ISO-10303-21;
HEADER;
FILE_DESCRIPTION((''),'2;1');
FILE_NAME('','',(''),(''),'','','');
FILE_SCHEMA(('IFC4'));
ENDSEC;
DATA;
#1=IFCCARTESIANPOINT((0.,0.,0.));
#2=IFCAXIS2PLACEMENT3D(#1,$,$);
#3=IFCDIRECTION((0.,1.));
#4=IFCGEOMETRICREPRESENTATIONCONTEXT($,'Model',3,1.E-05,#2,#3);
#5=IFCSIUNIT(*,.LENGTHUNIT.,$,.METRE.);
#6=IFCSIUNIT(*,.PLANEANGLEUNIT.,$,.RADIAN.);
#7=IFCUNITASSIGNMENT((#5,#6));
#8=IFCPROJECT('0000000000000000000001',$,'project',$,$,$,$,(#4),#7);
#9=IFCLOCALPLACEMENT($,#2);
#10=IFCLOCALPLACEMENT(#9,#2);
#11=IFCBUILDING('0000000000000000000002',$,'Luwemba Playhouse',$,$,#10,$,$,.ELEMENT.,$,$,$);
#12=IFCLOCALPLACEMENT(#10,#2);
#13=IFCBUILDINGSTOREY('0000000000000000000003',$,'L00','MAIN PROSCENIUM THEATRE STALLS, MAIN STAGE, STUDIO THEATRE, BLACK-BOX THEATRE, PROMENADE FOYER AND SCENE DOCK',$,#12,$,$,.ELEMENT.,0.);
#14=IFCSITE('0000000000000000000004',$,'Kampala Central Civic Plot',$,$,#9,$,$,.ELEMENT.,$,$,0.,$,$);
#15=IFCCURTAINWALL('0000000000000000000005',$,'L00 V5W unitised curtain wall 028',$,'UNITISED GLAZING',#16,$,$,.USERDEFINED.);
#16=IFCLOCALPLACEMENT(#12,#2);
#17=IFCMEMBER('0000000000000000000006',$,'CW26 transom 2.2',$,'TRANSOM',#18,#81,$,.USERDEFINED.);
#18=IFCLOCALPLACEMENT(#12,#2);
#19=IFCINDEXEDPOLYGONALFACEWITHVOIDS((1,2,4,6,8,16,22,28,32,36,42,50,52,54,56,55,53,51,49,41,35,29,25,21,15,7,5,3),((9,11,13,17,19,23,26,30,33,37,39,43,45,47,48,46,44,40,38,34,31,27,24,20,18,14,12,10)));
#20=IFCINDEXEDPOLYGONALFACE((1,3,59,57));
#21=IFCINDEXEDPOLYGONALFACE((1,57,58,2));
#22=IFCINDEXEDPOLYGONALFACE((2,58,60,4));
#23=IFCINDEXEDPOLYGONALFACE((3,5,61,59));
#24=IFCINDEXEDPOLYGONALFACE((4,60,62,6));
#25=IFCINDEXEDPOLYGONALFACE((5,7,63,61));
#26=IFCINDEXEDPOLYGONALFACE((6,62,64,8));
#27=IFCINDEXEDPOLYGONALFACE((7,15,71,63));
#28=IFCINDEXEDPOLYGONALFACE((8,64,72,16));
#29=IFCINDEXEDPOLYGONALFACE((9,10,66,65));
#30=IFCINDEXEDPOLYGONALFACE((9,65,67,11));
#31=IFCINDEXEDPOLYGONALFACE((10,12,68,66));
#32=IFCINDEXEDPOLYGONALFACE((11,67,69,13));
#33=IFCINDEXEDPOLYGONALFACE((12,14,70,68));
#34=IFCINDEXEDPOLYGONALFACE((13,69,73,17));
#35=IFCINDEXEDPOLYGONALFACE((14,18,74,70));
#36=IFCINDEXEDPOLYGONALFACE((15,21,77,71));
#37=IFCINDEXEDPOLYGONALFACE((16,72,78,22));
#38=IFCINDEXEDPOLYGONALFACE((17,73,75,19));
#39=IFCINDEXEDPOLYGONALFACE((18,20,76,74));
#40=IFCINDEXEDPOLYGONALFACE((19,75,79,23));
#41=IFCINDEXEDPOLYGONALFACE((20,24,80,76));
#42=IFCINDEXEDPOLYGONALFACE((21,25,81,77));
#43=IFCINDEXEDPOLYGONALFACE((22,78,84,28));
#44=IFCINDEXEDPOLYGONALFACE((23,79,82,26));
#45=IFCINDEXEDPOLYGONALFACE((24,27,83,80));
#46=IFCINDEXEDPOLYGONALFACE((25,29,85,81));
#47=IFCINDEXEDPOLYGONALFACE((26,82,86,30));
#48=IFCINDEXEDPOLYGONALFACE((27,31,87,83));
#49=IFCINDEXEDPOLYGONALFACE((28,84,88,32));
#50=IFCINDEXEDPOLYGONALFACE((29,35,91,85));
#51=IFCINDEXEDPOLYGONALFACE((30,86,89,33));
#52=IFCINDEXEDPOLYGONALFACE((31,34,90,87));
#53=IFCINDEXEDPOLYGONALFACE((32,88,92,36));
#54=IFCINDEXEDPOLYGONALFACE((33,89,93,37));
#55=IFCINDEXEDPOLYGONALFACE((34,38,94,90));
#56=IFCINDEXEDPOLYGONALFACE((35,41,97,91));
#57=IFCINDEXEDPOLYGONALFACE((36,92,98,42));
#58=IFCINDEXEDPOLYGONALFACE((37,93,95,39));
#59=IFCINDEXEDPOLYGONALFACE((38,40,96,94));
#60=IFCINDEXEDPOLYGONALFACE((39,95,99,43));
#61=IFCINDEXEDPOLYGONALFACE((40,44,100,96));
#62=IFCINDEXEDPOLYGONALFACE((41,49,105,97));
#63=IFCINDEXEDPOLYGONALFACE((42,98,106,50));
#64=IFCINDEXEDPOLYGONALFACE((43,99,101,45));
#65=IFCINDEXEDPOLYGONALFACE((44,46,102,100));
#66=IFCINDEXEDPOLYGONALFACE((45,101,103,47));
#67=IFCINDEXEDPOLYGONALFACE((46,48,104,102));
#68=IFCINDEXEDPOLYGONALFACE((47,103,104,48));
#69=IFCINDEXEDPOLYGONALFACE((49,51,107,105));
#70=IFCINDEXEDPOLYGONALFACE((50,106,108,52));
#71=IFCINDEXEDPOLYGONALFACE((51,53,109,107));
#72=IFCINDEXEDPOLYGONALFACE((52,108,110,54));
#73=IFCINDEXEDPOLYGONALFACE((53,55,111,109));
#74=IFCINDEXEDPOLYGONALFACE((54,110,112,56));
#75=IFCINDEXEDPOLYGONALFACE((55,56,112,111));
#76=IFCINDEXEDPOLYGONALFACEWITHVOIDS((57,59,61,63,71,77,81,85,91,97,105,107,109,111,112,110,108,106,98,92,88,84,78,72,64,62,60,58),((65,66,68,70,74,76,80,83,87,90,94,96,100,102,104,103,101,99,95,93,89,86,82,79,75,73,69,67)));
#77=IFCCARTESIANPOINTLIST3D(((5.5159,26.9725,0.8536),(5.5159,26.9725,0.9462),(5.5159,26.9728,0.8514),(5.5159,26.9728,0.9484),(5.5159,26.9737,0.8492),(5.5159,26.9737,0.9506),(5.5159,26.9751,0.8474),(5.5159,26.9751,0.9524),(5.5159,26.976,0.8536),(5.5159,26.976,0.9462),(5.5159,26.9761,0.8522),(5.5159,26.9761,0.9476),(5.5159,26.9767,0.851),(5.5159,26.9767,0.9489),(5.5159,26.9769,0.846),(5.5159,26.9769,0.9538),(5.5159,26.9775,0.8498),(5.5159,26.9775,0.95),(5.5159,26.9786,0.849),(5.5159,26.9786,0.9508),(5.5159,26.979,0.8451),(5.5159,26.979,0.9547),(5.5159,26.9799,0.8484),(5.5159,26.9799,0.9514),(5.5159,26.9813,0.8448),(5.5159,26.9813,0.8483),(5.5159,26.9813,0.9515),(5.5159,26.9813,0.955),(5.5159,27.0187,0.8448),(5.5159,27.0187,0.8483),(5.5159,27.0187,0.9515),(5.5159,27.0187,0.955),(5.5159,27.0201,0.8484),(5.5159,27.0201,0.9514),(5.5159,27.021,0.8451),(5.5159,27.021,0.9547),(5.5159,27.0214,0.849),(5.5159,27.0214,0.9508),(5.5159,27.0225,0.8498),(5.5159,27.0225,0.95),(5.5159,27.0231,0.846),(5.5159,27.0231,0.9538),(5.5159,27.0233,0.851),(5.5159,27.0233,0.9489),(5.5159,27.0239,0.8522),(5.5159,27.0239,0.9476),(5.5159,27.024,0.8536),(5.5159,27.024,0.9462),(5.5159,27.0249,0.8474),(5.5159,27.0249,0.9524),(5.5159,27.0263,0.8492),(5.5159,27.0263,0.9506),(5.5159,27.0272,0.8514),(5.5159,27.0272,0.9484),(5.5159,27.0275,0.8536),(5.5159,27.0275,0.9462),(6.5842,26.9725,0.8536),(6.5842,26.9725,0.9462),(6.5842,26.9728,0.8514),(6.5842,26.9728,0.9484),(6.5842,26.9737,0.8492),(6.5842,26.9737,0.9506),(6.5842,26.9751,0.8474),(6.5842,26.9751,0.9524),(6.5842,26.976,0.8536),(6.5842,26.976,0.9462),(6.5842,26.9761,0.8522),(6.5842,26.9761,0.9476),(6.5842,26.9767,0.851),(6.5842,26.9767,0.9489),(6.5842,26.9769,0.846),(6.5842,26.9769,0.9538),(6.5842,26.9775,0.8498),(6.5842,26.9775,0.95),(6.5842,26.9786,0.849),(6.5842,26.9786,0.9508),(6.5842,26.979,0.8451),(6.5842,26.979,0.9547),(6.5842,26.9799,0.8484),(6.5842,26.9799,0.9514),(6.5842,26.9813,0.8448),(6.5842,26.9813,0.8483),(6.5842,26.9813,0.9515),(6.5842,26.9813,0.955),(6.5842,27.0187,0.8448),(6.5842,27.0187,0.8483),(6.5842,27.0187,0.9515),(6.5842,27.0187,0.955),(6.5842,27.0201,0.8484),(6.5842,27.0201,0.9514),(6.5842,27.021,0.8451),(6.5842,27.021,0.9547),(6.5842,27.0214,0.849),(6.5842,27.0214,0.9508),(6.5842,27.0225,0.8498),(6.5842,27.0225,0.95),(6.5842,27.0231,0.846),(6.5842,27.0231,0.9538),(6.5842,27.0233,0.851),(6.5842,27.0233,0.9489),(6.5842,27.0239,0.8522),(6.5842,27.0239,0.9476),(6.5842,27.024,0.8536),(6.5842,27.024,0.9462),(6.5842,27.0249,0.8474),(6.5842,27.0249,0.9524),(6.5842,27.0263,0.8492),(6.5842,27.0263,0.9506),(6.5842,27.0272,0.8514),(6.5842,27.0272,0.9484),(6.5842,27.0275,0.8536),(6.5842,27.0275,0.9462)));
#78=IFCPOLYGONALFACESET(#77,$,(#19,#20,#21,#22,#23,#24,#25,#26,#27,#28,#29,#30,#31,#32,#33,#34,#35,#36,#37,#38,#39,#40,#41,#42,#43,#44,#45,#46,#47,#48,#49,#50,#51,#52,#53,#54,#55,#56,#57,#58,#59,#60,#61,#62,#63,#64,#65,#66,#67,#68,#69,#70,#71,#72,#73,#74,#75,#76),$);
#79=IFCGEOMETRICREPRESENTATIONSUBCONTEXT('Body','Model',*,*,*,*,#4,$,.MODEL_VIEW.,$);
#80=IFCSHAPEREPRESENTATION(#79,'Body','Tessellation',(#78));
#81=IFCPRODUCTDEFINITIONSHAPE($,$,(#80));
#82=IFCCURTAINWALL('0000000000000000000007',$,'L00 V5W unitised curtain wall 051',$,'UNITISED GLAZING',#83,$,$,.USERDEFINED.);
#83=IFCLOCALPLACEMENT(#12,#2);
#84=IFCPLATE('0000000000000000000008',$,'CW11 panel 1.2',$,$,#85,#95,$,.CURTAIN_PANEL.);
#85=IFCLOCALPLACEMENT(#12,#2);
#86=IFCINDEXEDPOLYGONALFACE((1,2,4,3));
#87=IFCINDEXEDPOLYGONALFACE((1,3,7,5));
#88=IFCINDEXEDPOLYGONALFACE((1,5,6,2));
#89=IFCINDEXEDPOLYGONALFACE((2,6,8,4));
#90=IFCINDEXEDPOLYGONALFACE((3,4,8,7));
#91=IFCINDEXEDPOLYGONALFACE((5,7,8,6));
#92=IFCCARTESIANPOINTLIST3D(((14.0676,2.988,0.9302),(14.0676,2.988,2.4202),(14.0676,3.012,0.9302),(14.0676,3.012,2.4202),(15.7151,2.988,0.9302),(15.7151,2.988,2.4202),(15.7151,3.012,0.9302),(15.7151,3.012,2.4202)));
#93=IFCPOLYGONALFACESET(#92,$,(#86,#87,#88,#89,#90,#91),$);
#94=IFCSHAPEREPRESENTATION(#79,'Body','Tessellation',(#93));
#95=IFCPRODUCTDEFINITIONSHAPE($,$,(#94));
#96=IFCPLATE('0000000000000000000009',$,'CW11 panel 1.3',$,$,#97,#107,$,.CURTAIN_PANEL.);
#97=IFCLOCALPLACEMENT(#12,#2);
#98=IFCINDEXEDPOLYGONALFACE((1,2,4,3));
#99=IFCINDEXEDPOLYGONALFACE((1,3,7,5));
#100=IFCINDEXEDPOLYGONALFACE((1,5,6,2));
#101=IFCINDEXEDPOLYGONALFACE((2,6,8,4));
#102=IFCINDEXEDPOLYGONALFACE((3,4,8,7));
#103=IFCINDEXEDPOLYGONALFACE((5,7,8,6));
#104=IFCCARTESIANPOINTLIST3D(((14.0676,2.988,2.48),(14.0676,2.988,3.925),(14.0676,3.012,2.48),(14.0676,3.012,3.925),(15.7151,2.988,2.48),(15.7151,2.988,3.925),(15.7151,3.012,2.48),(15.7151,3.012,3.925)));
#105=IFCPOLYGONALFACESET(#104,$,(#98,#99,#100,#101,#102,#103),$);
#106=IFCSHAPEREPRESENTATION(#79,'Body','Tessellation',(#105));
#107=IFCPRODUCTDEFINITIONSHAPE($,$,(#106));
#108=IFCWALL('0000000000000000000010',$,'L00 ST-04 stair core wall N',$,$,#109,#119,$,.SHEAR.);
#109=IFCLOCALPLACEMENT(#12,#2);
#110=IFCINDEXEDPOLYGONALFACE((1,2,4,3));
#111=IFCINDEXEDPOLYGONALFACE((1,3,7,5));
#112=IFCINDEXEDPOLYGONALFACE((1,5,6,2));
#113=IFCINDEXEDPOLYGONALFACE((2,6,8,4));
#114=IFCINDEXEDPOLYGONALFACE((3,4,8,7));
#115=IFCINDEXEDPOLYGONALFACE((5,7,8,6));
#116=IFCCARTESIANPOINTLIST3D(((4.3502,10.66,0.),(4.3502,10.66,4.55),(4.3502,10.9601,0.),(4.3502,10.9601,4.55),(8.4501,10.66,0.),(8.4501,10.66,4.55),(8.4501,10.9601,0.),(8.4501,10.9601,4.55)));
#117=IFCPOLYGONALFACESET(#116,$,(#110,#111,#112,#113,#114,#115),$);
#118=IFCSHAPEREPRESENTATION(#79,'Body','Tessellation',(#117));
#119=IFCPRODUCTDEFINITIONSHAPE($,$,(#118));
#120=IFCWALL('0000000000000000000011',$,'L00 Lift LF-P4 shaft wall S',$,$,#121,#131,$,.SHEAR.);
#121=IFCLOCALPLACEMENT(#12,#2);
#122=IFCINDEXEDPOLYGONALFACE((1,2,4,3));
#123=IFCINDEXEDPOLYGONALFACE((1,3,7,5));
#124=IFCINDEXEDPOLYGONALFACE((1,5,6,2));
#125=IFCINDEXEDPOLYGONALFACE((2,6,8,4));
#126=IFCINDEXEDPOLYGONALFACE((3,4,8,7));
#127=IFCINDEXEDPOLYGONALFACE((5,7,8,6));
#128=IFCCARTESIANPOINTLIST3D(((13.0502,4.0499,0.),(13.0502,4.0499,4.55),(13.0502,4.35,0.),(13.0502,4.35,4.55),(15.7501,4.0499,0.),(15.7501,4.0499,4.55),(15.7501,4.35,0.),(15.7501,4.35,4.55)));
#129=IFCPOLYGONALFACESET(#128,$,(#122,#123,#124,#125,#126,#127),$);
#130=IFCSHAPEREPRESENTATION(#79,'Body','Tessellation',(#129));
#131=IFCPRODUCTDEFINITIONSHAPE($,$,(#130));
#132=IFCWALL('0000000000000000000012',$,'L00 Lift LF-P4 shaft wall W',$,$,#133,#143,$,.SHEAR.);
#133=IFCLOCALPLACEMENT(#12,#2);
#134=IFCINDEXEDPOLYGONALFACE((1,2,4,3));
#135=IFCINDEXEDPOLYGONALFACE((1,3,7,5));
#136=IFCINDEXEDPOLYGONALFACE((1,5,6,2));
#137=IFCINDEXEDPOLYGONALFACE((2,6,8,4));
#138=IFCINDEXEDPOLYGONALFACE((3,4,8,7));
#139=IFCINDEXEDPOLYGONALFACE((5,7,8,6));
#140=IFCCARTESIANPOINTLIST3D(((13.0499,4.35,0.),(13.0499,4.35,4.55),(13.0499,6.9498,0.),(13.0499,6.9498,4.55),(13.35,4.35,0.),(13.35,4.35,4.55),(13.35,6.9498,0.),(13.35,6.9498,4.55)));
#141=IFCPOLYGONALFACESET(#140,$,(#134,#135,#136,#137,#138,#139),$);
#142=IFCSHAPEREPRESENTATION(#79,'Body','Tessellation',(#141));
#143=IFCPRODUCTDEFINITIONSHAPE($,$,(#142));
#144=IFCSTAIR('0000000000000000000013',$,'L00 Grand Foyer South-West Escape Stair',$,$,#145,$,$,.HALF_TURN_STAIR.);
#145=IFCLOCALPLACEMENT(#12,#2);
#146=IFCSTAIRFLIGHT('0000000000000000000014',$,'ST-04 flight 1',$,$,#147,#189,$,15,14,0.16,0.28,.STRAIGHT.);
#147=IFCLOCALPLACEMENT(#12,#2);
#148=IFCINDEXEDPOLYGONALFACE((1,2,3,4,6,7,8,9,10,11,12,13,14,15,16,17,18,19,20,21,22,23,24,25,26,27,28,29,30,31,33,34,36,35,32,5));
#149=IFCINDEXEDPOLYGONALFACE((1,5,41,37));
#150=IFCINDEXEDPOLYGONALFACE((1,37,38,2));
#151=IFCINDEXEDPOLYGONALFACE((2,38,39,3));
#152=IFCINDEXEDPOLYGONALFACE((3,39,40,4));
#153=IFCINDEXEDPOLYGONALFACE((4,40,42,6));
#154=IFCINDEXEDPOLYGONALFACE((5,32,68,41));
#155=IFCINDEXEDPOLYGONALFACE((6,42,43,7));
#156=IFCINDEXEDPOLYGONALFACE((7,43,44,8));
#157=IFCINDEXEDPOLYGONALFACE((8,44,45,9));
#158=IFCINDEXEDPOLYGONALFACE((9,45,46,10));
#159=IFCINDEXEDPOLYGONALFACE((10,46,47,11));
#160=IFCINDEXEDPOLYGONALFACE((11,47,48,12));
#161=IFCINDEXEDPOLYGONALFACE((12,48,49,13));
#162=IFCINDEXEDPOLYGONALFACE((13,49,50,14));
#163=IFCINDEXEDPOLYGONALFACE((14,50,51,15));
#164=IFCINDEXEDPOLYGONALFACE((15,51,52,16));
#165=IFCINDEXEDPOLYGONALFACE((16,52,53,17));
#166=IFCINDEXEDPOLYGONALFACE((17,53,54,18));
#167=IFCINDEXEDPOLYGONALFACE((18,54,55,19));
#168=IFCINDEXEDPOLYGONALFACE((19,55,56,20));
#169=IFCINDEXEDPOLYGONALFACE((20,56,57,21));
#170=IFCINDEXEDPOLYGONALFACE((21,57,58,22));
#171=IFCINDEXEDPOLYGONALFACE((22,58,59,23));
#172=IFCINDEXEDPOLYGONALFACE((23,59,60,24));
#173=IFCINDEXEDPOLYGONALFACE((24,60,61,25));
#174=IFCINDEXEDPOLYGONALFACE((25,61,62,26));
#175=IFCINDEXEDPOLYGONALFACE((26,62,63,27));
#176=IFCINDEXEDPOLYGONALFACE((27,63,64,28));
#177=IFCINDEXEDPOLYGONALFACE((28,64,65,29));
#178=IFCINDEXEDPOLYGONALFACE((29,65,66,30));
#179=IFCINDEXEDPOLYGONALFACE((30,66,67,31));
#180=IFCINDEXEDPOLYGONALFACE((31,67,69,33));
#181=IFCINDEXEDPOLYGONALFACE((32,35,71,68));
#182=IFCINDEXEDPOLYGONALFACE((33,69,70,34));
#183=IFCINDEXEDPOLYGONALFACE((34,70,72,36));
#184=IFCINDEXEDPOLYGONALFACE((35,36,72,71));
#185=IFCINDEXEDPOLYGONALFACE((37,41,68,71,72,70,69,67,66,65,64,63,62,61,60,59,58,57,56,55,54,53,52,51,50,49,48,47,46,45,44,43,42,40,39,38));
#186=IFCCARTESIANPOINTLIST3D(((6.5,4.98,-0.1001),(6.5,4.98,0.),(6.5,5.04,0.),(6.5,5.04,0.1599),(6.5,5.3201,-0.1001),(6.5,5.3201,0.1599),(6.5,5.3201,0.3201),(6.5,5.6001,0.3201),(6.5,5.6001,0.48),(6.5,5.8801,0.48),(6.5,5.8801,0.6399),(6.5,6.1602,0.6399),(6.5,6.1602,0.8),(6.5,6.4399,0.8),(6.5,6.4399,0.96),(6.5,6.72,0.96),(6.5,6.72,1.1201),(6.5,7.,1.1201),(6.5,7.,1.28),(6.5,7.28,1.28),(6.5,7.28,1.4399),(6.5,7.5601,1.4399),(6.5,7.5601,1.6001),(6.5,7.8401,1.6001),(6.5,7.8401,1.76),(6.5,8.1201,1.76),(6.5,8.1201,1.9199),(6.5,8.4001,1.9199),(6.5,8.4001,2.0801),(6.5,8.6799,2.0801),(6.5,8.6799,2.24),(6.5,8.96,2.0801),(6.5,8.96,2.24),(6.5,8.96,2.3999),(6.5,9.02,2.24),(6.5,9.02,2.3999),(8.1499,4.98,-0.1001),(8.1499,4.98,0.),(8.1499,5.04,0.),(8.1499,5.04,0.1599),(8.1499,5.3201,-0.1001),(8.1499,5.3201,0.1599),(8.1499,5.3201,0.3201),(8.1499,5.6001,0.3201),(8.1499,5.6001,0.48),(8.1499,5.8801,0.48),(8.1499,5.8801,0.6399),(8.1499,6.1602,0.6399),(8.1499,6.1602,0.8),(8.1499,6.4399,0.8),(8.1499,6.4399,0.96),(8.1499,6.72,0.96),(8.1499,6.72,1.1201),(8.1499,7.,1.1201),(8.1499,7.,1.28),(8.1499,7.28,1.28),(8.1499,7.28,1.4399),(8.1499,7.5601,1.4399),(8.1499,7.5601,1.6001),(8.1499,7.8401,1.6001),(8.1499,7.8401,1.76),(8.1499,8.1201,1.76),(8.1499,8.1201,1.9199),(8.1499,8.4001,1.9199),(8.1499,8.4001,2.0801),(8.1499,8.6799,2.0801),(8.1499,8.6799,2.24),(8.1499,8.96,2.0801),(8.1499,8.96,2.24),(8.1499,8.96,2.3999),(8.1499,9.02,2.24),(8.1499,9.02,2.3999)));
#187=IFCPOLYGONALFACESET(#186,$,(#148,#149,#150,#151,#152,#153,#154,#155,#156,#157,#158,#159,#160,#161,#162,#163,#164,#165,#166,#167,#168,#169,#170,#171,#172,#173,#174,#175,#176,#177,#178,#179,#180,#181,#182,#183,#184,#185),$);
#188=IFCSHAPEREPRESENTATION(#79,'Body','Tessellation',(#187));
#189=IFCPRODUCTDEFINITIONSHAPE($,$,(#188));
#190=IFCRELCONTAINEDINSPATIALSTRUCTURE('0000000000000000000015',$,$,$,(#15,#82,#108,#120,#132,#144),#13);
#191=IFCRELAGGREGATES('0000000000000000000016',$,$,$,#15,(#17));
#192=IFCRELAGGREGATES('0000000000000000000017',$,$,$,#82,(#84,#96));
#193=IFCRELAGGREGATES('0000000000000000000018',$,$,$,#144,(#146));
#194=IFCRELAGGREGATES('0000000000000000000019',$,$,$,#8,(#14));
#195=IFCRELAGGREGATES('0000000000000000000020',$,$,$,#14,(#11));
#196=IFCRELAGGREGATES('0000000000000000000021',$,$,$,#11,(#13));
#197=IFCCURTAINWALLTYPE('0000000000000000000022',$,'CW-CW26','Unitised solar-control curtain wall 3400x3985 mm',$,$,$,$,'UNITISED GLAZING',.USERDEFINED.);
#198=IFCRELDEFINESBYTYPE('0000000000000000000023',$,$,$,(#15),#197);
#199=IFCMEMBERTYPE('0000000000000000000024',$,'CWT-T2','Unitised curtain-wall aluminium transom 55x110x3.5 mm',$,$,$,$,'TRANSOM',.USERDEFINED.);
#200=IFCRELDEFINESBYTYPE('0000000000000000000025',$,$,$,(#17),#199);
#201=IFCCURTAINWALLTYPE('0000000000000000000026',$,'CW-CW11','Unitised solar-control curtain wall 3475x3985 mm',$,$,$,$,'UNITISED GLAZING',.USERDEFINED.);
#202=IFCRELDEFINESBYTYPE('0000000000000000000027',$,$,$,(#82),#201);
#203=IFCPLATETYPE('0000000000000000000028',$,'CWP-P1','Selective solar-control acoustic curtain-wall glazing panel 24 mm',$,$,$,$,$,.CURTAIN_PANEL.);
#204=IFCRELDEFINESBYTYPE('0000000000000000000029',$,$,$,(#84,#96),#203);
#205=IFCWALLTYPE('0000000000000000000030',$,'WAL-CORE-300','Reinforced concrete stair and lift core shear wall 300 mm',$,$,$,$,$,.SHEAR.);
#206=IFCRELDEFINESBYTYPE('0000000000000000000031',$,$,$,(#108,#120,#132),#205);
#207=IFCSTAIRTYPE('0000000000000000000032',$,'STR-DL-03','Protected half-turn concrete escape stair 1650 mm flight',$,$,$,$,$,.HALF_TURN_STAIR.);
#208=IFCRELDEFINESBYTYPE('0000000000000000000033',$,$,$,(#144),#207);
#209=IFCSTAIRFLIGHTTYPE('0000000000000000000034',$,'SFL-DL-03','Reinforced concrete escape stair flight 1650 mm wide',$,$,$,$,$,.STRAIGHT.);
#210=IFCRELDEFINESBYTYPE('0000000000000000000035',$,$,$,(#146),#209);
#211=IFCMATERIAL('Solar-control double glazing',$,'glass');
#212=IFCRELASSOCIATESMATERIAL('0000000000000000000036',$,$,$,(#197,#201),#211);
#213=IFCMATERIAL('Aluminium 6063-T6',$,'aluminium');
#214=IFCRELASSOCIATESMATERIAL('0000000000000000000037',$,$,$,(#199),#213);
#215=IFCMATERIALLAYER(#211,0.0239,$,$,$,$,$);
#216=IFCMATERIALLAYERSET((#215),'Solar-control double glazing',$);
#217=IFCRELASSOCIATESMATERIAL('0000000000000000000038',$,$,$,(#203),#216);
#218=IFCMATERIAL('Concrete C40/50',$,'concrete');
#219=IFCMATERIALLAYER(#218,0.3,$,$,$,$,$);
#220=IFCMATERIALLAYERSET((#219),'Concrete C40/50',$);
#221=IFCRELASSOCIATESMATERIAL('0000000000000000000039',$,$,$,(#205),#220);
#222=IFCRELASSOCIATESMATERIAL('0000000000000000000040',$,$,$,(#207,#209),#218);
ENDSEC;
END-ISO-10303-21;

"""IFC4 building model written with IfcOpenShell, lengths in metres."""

from ifc_helpers import new_model, si_unit, direction, frame, frame_2d, origin, origin_2d, place, context, subcontext, project, spatial, polyline, rectangle, hollow_rectangle, outline, extrude, material, layer, layer_set, material_profile, profile_set, type_object, element, aggregate, save


model = new_model("IFC4")

# Units and contexts
model_context = context("Model", 3, precision=1e-05, world=origin(), true_north=direction((0.0, 1.0)))
body_context = subcontext(model_context, "Body", "Model", "MODEL_VIEW")
ifc_project = project(units=[si_unit("LENGTHUNIT", "METRE"), si_unit("PLANEANGLEUNIT", "RADIAN")], contexts=[model_context])

# Site, building, storey
site_placement = place(None, origin())
site = spatial("IfcSite", under=ifc_project, at=site_placement, Name="Kampala Central Civic Plot", CompositionType="ELEMENT", RefElevation=0.0)
building_placement = place(site_placement, origin())
building = spatial("IfcBuilding", under=site, at=building_placement, Name="Luwemba Playhouse", CompositionType="ELEMENT")
storey_placement = place(building_placement, origin())
storey = spatial("IfcBuildingStorey", under=building, at=storey_placement, Name="L00", Description="MAIN PROSCENIUM THEATRE STALLS, MAIN STAGE, STUDIO THEATRE, BLACK-BOX THEATRE, PROMENADE FOYER AND SCENE DOCK", CompositionType="ELEMENT", Elevation=0.0)

# Shared definitions
ifc_material_1 = material(Name="Concrete C40/50", Category="concrete")

# Curtain wall, member
ifc_material_2 = material(Name="Solar-control double glazing", Category="glass")
curtain_wall_type_1 = type_object("IfcCurtainWallType", Name="CW-CW26", Description="Unitised solar-control curtain wall 3400x3985 mm", ElementType="UNITISED GLAZING", PredefinedType="USERDEFINED", material=ifc_material_2)
curtain_wall_1_placement = place(storey_placement, origin())
curtain_wall_1 = element("IfcCurtainWall", 1, at=curtain_wall_1_placement, inside=storey, type_object=curtain_wall_type_1, Name="L00 V5W unitised curtain wall 028", ObjectType="UNITISED GLAZING", PredefinedType="USERDEFINED")
ifc_material_3 = material(Name="Aluminium 6063-T6", Category="aluminium")
ifc_material_profile_1 = material_profile(ifc_material_3, hollow_rectangle(XDim=0.0549, YDim=0.1101, WallThickness=0.0034, InnerFilletRadius=0.0054, OuterFilletRadius=0.0088, at=origin_2d()))
ifc_profile_set_1 = profile_set([ifc_material_profile_1], Name="Aluminium 6063-T6")
member_type_1 = type_object("IfcMemberType", Name="CWT-T2", Description="Unitised curtain-wall aluminium transom 55x110x3.5 mm", ElementType="TRANSOM", PredefinedType="USERDEFINED", material=ifc_profile_set_1)
member_1_placement = place(storey_placement, frame((5.5159, 27.0, 0.8999), z_axis=(1.0, 0.0, 0.0), x_axis=(0.0, 1.0, 0.0)))
member_1 = element("IfcMember", 2, at=member_1_placement, type_object=member_type_1, Name="CW26 transom 2.2", ObjectType="TRANSOM", PredefinedType="USERDEFINED", context=body_context, shape_type="SweptSolid", body=[
    extrude(hollow_rectangle(XDim=0.0549, YDim=0.1101, WallThickness=0.0034, InnerFilletRadius=0.0054, OuterFilletRadius=0.0088, at=origin_2d()), origin(), (0.0, 0.0, 1.0), 1.0684),
])
aggregate(curtain_wall_1, [member_1])

# Curtain wall, plates
curtain_wall_type_2 = type_object("IfcCurtainWallType", Name="CW-CW11", Description="Unitised solar-control curtain wall 3475x3985 mm", ElementType="UNITISED GLAZING", PredefinedType="USERDEFINED", material=ifc_material_2)
curtain_wall_2_placement = place(storey_placement, origin())
curtain_wall_2 = element("IfcCurtainWall", 3, at=curtain_wall_2_placement, inside=storey, type_object=curtain_wall_type_2, Name="L00 V5W unitised curtain wall 051", ObjectType="UNITISED GLAZING", PredefinedType="USERDEFINED")
ifc_layer_1 = layer(ifc_material_2, 0.0239)
ifc_layer_set_1 = layer_set([ifc_layer_1], Name="Solar-control double glazing")
plate_type = type_object("IfcPlateType", Name="CWP-P1", Description="Selective solar-control acoustic curtain-wall glazing panel 24 mm", PredefinedType="CURTAIN_PANEL", material=ifc_layer_set_1)
plate_1_placement = place(storey_placement, frame((14.8914, 3.0, 0.9302), z_axis=(0.0, 0.0, 1.0), x_axis=(-1.0, 0.0, 0.0)))
plate_1 = element("IfcPlate", 4, at=plate_1_placement, type_object=plate_type, Name="CW11 panel 1.2", PredefinedType="CURTAIN_PANEL", context=body_context, shape_type="SweptSolid", body=[
    extrude(rectangle(XDim=1.6475, YDim=0.0239, at=origin_2d()), origin(), (0.0, 0.0, 1.0), 1.49),
])
plate_2_placement = place(storey_placement, frame((14.8914, 3.0, 2.48), z_axis=(0.0, 0.0, 1.0), x_axis=(-1.0, 0.0, 0.0)))
plate_2 = element("IfcPlate", 5, at=plate_2_placement, type_object=plate_type, Name="CW11 panel 1.3", PredefinedType="CURTAIN_PANEL", context=body_context, shape_type="SweptSolid", body=[
    extrude(rectangle(XDim=1.6475, YDim=0.0239, at=origin_2d()), origin(), (0.0, 0.0, 1.0), 1.4451),
])
aggregate(curtain_wall_2, [plate_1, plate_2])

# Wall
ifc_layer_2 = layer(ifc_material_1, 0.3)
ifc_layer_set_2 = layer_set([ifc_layer_2], Name="Concrete C40/50")
wall_type = type_object("IfcWallType", Name="WAL-CORE-300", Description="Reinforced concrete stair and lift core shear wall 300 mm", PredefinedType="SHEAR", material=ifc_layer_set_2)
wall_1_placement = place(storey_placement, frame((8.45, 10.8101, 0.0), z_axis=(0.0, 0.0, 1.0), x_axis=(-1.0, 0.0, 0.0)))
element("IfcWall", 6, at=wall_1_placement, inside=storey, type_object=wall_type, Name="L00 ST-04 stair core wall N", PredefinedType="SHEAR", context=body_context, shape_type="SweptSolid", body=[
    extrude(rectangle(XDim=4.0999, YDim=0.3, at=frame_2d((2.0498, 0.0))), origin(), (0.0, 0.0, 1.0), 4.55),
])

# Walls
wall_2_placement = place(storey_placement, frame((13.05, 4.2, 0.0), z_axis=(0.0, 0.0, 1.0), x_axis=(1.0, 0.0, 0.0)))
element("IfcWall", 7, at=wall_2_placement, inside=storey, type_object=wall_type, Name="L00 Lift LF-P4 shaft wall S", PredefinedType="SHEAR", context=body_context, shape_type="SweptSolid", body=[
    extrude(rectangle(XDim=2.7, YDim=0.3, at=frame_2d((1.3501, 0.0))), origin(), (0.0, 0.0, 1.0), 4.55),
])
wall_3_placement = place(storey_placement, frame((13.2, 4.3501, 0.0), z_axis=(0.0, 0.0, 1.0), x_axis=(0.0, 1.0, 0.0)))
element("IfcWall", 8, at=wall_3_placement, inside=storey, type_object=wall_type, Name="L00 Lift LF-P4 shaft wall W", PredefinedType="SHEAR", context=body_context, shape_type="SweptSolid", body=[
    extrude(rectangle(XDim=2.5999, YDim=0.3, at=frame_2d((1.2998, 0.0))), origin(), (0.0, 0.0, 1.0), 4.55),
])

# Stair, stair flight
stair_type = type_object("IfcStairType", Name="STR-DL-03", Description="Protected half-turn concrete escape stair 1650 mm flight", PredefinedType="HALF_TURN_STAIR", material=ifc_material_1)
stair_placement = place(storey_placement, origin())
stair = element("IfcStair", 9, at=stair_placement, inside=storey, type_object=stair_type, Name="L00 Grand Foyer South-West Escape Stair", PredefinedType="HALF_TURN_STAIR")
stair_flight_type = type_object("IfcStairFlightType", Name="SFL-DL-03", Description="Reinforced concrete escape stair flight 1650 mm wide", PredefinedType="STRAIGHT", material=ifc_material_1)
stair_flight_1_placement = place(storey_placement, frame((7.325, 5.04, 0.0), z_axis=(0.0, 0.0, 1.0), x_axis=(0.0, 1.0, 0.0)))
stair_flight_1 = element("IfcStairFlight", 10, at=stair_flight_1_placement, type_object=stair_flight_type, Name="ST-04 flight 1", NumberOfRisers=15, NumberOfTreads=14, PredefinedType="STRAIGHT", RiserHeight=0.16, TreadLength=0.28, context=body_context, shape_type="SweptSolid", body=[
    extrude(outline(polyline([(-0.0601, -0.1001), (-0.0601, 0.0), (0.0, 0.0), (0.0, 0.1599), (0.28, 0.1599), (0.28, 0.3201), (0.5601, 0.3201), (0.5601, 0.48), (0.8401, 0.48), (0.8401, 0.6399), (1.1201, 0.6399), (1.1201, 0.8), (1.3999, 0.8), (1.3999, 0.96), (1.6799, 0.96), (1.6799, 1.1201), (1.96, 1.1201), (1.96, 1.28), (2.24, 1.28), (2.24, 1.4399), (2.52, 1.4399), (2.52, 1.6001), (2.8, 1.6001), (2.8, 1.76), (3.0801, 1.76), (3.0801, 1.9199), (3.3601, 1.9199), (3.3601, 2.0801), (3.6399, 2.0801), (3.6399, 2.24), (3.9199, 2.24), (3.9199, 2.3999), (3.98, 2.3999), (3.98, 2.24), (3.9199, 2.0801), (0.28, -0.1001), (-0.0601, -0.1001)])), frame((0.0, 0.825, 0.0), z_axis=(0.0, -1.0, 0.0), x_axis=(1.0, 0.0, 0.0)), (0.0, 0.0, 1.0), 1.6499),
])
aggregate(stair, [stair_flight_1])

save(model, "model.ifc")
